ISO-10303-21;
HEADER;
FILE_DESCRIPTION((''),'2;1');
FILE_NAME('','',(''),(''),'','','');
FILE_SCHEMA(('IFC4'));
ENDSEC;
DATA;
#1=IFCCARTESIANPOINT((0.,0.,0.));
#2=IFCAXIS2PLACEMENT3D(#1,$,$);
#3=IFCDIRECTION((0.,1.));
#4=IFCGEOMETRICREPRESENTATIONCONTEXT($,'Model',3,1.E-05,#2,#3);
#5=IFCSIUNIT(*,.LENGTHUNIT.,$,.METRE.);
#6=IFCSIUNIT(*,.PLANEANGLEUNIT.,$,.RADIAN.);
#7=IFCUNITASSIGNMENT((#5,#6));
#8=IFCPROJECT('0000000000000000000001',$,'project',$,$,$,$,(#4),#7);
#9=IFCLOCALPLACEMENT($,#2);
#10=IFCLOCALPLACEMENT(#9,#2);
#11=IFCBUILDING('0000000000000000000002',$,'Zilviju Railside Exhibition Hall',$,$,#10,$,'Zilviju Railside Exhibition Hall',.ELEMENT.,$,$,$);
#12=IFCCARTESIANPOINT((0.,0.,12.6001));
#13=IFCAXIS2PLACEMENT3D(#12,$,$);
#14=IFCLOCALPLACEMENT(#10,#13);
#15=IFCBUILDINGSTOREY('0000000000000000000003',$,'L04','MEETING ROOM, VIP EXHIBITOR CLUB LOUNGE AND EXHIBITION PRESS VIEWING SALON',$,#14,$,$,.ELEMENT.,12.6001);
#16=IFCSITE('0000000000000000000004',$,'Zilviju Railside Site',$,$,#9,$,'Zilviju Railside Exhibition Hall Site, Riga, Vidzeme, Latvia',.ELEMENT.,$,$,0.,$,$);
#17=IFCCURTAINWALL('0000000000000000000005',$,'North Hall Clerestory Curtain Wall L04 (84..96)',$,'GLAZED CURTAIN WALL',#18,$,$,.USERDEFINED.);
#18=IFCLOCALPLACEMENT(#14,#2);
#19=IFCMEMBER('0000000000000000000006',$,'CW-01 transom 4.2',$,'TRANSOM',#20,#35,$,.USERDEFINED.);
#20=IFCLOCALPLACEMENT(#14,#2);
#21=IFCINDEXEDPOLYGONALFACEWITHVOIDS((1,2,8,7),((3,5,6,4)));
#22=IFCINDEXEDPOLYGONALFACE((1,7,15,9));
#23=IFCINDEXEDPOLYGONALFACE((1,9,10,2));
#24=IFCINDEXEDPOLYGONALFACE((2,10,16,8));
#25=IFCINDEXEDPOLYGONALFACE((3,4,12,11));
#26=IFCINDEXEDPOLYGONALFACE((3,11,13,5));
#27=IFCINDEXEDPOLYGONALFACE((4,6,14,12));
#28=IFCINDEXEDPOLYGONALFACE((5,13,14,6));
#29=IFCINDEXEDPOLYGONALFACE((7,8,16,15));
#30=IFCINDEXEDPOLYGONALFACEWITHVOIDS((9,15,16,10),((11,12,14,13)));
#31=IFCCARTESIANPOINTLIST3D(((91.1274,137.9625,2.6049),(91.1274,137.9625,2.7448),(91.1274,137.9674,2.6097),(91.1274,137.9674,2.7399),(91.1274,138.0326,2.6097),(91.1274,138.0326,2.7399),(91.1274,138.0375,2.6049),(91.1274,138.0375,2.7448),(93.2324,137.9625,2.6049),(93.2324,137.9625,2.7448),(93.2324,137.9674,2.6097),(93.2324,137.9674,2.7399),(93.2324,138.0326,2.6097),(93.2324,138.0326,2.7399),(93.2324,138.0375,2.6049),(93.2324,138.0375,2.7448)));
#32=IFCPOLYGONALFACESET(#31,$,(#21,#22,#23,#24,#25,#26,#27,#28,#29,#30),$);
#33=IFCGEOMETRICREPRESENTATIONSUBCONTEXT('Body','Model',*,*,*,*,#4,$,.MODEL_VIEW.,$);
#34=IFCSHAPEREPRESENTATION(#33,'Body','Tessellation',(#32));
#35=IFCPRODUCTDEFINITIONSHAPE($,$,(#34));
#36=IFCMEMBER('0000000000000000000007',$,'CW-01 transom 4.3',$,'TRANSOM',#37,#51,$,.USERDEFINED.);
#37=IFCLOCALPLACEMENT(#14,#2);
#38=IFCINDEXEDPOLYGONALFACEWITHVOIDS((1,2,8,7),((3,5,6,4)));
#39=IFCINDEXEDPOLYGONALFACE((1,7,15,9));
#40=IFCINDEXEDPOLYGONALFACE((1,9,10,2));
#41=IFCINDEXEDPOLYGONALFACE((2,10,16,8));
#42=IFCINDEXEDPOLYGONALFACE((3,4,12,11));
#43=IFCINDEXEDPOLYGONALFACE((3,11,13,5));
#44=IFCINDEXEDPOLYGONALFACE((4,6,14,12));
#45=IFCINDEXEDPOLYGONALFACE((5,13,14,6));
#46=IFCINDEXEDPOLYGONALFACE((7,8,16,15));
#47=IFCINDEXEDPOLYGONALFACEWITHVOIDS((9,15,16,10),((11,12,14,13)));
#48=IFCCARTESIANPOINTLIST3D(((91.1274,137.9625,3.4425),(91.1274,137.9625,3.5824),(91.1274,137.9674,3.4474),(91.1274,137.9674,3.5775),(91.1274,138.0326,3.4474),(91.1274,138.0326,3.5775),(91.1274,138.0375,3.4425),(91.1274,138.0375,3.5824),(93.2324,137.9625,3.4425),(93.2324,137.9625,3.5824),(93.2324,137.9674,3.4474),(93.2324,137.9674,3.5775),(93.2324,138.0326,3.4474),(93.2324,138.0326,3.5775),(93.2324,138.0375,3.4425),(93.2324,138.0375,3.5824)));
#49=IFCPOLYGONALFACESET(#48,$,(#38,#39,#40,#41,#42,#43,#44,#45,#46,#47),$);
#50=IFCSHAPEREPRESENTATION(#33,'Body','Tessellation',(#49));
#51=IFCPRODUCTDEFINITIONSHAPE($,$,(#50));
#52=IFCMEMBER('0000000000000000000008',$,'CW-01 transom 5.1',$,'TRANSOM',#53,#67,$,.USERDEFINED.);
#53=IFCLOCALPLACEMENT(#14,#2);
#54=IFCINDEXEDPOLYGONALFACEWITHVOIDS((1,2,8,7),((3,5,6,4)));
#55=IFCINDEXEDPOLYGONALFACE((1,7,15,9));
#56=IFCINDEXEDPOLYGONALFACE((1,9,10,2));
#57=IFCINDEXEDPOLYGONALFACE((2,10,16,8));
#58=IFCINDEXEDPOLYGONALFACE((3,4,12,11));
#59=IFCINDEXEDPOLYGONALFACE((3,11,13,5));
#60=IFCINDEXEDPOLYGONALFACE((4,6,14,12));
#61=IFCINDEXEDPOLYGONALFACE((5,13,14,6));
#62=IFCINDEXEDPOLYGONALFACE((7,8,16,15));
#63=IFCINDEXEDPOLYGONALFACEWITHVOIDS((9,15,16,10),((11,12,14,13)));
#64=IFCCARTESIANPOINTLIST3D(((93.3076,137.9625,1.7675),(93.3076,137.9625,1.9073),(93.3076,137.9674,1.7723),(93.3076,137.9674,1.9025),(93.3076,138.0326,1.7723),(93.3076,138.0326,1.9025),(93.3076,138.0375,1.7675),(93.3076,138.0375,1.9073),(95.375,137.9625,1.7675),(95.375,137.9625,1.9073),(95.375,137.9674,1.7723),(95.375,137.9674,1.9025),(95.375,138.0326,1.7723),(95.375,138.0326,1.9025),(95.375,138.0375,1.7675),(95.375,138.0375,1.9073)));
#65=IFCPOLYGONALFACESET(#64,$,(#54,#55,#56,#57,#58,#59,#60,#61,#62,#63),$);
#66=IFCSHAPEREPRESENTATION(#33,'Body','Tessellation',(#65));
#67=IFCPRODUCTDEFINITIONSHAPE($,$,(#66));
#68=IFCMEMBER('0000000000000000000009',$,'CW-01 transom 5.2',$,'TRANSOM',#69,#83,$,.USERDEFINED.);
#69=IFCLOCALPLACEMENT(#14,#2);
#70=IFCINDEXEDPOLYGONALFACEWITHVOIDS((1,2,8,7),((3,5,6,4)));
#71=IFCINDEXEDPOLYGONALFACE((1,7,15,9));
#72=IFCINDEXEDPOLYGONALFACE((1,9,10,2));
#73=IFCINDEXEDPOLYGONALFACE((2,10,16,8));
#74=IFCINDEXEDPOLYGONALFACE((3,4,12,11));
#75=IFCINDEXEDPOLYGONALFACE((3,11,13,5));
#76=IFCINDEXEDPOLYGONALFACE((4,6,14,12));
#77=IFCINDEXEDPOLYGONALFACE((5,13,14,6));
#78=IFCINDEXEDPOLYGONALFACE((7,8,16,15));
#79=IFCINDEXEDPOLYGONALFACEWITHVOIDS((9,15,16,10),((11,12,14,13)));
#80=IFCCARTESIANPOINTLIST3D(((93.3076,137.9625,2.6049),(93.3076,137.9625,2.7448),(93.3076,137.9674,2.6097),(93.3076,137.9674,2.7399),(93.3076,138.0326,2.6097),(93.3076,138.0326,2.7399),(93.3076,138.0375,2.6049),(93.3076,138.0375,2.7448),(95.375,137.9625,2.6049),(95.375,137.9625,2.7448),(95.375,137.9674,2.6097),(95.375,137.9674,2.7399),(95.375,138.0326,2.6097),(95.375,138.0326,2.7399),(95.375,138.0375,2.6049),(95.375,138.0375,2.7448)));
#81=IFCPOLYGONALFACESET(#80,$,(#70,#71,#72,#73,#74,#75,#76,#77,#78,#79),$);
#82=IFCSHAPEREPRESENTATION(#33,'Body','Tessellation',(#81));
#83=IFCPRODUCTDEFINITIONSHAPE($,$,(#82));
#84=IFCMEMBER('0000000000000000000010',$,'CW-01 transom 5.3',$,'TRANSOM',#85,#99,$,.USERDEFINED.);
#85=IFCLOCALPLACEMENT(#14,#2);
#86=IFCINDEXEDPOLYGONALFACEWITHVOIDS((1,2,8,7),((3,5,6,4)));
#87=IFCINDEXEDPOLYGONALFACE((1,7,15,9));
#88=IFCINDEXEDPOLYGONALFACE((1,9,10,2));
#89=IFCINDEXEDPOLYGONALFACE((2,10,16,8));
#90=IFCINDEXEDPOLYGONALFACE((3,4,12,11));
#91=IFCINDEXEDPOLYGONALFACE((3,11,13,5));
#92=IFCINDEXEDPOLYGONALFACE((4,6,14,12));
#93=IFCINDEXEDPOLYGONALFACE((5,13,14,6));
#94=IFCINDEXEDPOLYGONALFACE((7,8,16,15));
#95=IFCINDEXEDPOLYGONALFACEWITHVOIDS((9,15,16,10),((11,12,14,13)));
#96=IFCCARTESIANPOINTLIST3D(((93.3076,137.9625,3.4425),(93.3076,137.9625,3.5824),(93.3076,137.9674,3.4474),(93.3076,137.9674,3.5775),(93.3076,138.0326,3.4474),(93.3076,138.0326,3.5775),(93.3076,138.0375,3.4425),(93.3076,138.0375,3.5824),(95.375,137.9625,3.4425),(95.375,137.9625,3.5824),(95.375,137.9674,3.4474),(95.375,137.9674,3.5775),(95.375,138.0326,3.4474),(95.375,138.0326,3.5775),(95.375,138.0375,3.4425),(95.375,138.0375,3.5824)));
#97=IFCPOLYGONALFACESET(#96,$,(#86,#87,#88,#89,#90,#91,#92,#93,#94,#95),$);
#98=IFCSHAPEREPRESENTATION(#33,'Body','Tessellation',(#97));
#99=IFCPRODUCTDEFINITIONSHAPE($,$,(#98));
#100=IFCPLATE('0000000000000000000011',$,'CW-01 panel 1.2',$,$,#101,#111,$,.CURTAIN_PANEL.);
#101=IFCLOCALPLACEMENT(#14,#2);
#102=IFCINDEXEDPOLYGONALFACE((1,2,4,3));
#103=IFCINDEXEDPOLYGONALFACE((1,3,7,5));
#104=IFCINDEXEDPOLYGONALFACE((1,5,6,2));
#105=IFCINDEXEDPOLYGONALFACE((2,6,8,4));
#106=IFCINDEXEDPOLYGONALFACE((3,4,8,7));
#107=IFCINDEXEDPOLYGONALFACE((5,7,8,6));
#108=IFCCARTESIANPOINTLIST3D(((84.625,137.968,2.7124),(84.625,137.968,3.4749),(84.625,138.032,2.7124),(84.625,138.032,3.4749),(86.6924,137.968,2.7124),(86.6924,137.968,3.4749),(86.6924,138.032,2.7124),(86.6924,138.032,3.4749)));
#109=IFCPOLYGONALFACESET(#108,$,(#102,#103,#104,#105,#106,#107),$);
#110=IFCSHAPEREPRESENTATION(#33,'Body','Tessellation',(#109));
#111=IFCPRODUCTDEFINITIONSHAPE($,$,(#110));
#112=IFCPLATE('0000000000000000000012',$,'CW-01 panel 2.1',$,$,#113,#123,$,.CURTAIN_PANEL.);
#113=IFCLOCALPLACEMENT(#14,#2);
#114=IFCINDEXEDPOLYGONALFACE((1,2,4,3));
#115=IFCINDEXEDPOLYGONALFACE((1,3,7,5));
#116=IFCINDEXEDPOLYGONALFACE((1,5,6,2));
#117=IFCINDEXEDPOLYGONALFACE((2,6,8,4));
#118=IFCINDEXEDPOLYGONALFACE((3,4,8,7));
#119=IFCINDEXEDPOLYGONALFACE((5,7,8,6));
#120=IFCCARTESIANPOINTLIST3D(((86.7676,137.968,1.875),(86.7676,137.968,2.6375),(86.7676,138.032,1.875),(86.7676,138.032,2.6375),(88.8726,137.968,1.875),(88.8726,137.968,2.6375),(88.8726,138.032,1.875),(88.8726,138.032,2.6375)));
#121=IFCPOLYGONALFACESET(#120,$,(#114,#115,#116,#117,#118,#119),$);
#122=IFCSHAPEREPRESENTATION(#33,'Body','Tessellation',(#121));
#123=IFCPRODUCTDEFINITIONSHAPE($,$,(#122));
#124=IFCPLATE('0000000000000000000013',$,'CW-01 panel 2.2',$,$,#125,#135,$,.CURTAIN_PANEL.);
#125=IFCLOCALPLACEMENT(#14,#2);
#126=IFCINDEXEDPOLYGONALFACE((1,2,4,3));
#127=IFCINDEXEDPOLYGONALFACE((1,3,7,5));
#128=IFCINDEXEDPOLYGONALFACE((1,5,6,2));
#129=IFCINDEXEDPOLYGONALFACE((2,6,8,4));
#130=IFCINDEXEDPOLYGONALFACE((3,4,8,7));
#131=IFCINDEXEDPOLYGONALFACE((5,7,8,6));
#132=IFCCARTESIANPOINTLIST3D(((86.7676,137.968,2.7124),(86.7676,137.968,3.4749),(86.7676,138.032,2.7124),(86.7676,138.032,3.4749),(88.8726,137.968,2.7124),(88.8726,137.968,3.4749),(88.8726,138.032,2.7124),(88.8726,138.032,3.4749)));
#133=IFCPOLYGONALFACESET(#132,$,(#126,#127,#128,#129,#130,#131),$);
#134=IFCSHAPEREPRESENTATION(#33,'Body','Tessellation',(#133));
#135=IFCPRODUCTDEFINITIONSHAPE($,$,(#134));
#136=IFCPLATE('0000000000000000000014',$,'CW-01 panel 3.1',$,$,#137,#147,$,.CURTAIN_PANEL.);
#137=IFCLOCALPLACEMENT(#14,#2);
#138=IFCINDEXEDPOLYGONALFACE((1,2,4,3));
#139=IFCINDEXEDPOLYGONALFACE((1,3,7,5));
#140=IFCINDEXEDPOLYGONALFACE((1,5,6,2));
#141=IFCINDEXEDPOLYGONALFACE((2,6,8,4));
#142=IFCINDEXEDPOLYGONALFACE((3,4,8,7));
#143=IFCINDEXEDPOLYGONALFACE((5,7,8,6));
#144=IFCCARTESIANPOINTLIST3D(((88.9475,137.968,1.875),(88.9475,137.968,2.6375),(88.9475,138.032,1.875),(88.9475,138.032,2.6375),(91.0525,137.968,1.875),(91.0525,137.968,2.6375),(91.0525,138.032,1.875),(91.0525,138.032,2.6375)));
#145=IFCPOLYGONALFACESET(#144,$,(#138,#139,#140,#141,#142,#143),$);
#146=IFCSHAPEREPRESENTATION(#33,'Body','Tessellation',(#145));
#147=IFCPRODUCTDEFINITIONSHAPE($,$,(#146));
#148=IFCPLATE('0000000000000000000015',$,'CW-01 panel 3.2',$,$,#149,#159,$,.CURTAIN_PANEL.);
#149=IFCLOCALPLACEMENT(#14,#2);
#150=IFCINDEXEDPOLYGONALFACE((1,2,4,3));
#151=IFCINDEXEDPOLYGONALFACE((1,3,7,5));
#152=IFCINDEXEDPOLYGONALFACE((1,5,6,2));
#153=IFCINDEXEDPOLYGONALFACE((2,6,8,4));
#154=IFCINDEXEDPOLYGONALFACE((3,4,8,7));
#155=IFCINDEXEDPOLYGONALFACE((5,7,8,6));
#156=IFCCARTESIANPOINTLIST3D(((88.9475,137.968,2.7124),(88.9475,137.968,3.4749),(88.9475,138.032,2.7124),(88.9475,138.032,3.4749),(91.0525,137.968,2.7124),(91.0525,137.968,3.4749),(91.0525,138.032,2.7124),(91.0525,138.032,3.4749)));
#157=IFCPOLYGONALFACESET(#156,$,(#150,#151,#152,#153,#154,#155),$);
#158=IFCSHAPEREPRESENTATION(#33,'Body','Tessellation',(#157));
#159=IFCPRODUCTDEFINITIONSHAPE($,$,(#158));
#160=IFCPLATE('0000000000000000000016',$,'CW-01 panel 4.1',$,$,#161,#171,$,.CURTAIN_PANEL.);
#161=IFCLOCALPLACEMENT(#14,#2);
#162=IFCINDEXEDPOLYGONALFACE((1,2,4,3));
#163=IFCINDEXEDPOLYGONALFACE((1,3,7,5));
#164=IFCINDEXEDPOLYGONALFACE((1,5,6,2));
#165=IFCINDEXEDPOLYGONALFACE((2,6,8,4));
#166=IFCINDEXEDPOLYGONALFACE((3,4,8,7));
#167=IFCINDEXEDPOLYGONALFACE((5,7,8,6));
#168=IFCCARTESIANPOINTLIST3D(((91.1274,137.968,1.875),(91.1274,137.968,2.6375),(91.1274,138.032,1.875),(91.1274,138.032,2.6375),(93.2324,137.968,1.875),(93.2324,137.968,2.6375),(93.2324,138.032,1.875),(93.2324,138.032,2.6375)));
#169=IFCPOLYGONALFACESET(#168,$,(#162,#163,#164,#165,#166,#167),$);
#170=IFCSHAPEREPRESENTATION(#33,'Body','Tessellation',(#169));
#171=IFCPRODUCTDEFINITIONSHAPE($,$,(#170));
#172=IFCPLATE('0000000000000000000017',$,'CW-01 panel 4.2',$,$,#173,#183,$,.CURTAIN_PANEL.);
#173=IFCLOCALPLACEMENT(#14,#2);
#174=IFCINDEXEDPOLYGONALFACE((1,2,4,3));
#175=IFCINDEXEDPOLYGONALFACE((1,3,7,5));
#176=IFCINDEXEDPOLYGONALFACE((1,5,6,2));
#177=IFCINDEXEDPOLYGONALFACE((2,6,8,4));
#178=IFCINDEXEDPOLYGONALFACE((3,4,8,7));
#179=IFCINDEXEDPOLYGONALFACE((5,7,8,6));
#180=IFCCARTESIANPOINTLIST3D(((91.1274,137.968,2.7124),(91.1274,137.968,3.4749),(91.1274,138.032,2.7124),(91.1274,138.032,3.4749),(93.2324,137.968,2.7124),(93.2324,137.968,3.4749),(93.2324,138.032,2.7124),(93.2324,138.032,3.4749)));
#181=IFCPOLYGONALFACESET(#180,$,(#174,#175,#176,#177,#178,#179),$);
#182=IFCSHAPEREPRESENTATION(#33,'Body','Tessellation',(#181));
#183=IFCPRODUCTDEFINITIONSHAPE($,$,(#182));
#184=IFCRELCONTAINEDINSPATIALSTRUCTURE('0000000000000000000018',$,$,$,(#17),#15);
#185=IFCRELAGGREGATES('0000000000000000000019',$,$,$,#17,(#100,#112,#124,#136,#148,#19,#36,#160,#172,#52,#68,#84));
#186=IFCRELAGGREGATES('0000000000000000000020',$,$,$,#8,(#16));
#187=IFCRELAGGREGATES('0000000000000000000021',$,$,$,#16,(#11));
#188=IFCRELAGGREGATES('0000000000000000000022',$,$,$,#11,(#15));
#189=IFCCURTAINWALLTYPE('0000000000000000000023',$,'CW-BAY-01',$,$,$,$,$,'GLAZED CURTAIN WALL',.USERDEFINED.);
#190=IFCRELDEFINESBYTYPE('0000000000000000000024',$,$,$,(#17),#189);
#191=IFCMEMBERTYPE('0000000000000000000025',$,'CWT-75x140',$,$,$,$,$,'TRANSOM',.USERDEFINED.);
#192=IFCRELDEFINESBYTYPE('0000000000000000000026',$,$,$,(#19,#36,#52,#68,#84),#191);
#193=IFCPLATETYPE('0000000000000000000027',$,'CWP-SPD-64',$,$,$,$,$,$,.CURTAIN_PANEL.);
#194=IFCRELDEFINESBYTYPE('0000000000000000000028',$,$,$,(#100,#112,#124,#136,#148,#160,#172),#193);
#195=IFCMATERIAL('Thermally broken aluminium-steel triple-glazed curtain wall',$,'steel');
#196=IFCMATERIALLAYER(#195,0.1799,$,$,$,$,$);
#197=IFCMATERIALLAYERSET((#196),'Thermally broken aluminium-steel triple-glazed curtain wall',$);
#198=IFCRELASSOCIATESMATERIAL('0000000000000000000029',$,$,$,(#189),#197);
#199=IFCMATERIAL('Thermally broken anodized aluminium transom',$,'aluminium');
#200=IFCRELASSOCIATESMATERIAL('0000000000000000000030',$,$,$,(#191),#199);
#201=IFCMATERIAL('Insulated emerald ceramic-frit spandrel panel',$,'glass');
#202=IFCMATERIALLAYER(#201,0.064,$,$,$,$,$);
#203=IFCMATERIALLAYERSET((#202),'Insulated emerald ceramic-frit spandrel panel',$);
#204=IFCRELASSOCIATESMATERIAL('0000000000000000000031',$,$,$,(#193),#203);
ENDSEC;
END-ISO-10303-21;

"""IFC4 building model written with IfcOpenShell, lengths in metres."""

from ifc_helpers import new_model, si_unit, direction, frame, origin, origin_2d, place, context, subcontext, project, spatial, rectangle, hollow_rectangle, extrude, material, layer, layer_set, material_profile, profile_set, type_object, element, aggregate, save


model = new_model("IFC4")

# Units and contexts
model_context = context("Model", 3, precision=1e-05, world=origin(), true_north=direction((0.0, 1.0)))
body_context = subcontext(model_context, "Body", "Model", "MODEL_VIEW")
ifc_project = project(units=[si_unit("LENGTHUNIT", "METRE"), si_unit("PLANEANGLEUNIT", "RADIAN")], contexts=[model_context])

# Site, building, storey
site_placement = place(None, origin())
site = spatial("IfcSite", under=ifc_project, at=site_placement, Name="Zilviju Railside Site", LongName="Zilviju Railside Exhibition Hall Site, Riga, Vidzeme, Latvia", CompositionType="ELEMENT", RefElevation=0.0)
building_placement = place(site_placement, origin())
building = spatial("IfcBuilding", under=site, at=building_placement, Name="Zilviju Railside Exhibition Hall", LongName="Zilviju Railside Exhibition Hall", CompositionType="ELEMENT")
storey_placement = place(building_placement, frame((0.0, 0.0, 12.6001)))
storey = spatial("IfcBuildingStorey", under=building, at=storey_placement, Name="L04", Description="MEETING ROOM, VIP EXHIBITOR CLUB LOUNGE AND EXHIBITION PRESS VIEWING SALON", CompositionType="ELEMENT", Elevation=12.6001)

# Curtain wall, members, plates
ifc_material_1 = material(Name="Thermally broken aluminium-steel triple-glazed curtain wall", Category="steel")
ifc_layer_1 = layer(ifc_material_1, 0.1799)
ifc_layer_set_1 = layer_set([ifc_layer_1], Name="Thermally broken aluminium-steel triple-glazed curtain wall")
curtain_wall_type = type_object("IfcCurtainWallType", Name="CW-BAY-01", ElementType="GLAZED CURTAIN WALL", PredefinedType="USERDEFINED", material=ifc_layer_set_1)
curtain_wall_placement = place(storey_placement, origin())
curtain_wall = element("IfcCurtainWall", 1, at=curtain_wall_placement, inside=storey, type_object=curtain_wall_type, Name="North Hall Clerestory Curtain Wall L04 (84..96)", ObjectType="GLAZED CURTAIN WALL", PredefinedType="USERDEFINED")
ifc_material_2 = material(Name="Thermally broken anodized aluminium transom", Category="aluminium")
ifc_material_profile_1 = material_profile(ifc_material_2, hollow_rectangle(XDim=0.075, YDim=0.1399, WallThickness=0.0049, at=origin_2d()), Name="TRANSOM 140x75x5")
ifc_profile_set_1 = profile_set([ifc_material_profile_1], Name="Thermally broken anodized aluminium transom")
member_type_1 = type_object("IfcMemberType", Name="CWT-75x140", ElementType="TRANSOM", PredefinedType="USERDEFINED", material=ifc_profile_set_1)
member_1_placement = place(storey_placement, frame((91.1274, 138.0, 2.6748), z_axis=(1.0, 0.0, 0.0), x_axis=(0.0, 1.0, 0.0)))
member_1 = element("IfcMember", 2, at=member_1_placement, type_object=member_type_1, Name="CW-01 transom 4.2", ObjectType="TRANSOM", PredefinedType="USERDEFINED", context=body_context, shape_type="SweptSolid", body=[
    extrude(hollow_rectangle(XDim=0.075, YDim=0.1399, WallThickness=0.0049, at=origin_2d()), origin(), (0.0, 0.0, 1.0), 2.105),
])
member_2_placement = place(storey_placement, frame((91.1274, 138.0, 3.5125), z_axis=(1.0, 0.0, 0.0), x_axis=(0.0, 1.0, 0.0)))
member_2 = element("IfcMember", 3, at=member_2_placement, type_object=member_type_1, Name="CW-01 transom 4.3", ObjectType="TRANSOM", PredefinedType="USERDEFINED", context=body_context, shape_type="SweptSolid", body=[
    extrude(hollow_rectangle(XDim=0.075, YDim=0.1399, WallThickness=0.0049, at=origin_2d()), origin(), (0.0, 0.0, 1.0), 2.105),
])
member_3_placement = place(storey_placement, frame((93.3076, 138.0, 1.8374), z_axis=(1.0, 0.0, 0.0), x_axis=(0.0, 1.0, 0.0)))
member_3 = element("IfcMember", 4, at=member_3_placement, type_object=member_type_1, Name="CW-01 transom 5.1", ObjectType="TRANSOM", PredefinedType="USERDEFINED", context=body_context, shape_type="SweptSolid", body=[
    extrude(hollow_rectangle(XDim=0.075, YDim=0.1399, WallThickness=0.0049, at=origin_2d()), origin(), (0.0, 0.0, 1.0), 2.0674),
])
member_4_placement = place(storey_placement, frame((93.3076, 138.0, 2.6748), z_axis=(1.0, 0.0, 0.0), x_axis=(0.0, 1.0, 0.0)))
member_4 = element("IfcMember", 5, at=member_4_placement, type_object=member_type_1, Name="CW-01 transom 5.2", ObjectType="TRANSOM", PredefinedType="USERDEFINED", context=body_context, shape_type="SweptSolid", body=[
    extrude(hollow_rectangle(XDim=0.075, YDim=0.1399, WallThickness=0.0049, at=origin_2d()), origin(), (0.0, 0.0, 1.0), 2.0674),
])
member_5_placement = place(storey_placement, frame((93.3076, 138.0, 3.5125), z_axis=(1.0, 0.0, 0.0), x_axis=(0.0, 1.0, 0.0)))
member_5 = element("IfcMember", 6, at=member_5_placement, type_object=member_type_1, Name="CW-01 transom 5.3", ObjectType="TRANSOM", PredefinedType="USERDEFINED", context=body_context, shape_type="SweptSolid", body=[
    extrude(hollow_rectangle(XDim=0.075, YDim=0.1399, WallThickness=0.0049, at=origin_2d()), origin(), (0.0, 0.0, 1.0), 2.0674),
])
ifc_material_3 = material(Name="Insulated emerald ceramic-frit spandrel panel", Category="glass")
ifc_layer_2 = layer(ifc_material_3, 0.064)
ifc_layer_set_2 = layer_set([ifc_layer_2], Name="Insulated emerald ceramic-frit spandrel panel")
plate_type = type_object("IfcPlateType", Name="CWP-SPD-64", PredefinedType="CURTAIN_PANEL", material=ifc_layer_set_2)
plate_1_placement = place(storey_placement, frame((85.6587, 138.0, 2.7124), z_axis=(0.0, 0.0, 1.0), x_axis=(1.0, 0.0, 0.0)))
plate_1 = element("IfcPlate", 7, at=plate_1_placement, type_object=plate_type, Name="CW-01 panel 1.2", PredefinedType="CURTAIN_PANEL", context=body_context, shape_type="SweptSolid", body=[
    extrude(rectangle(XDim=2.0674, YDim=0.064, at=origin_2d()), origin(), (0.0, 0.0, 1.0), 0.7625),
])
plate_2_placement = place(storey_placement, frame((87.8201, 138.0, 1.875), z_axis=(0.0, 0.0, 1.0), x_axis=(1.0, 0.0, 0.0)))
plate_2 = element("IfcPlate", 8, at=plate_2_placement, type_object=plate_type, Name="CW-01 panel 2.1", PredefinedType="CURTAIN_PANEL", context=body_context, shape_type="SweptSolid", body=[
    extrude(rectangle(XDim=2.105, YDim=0.064, at=origin_2d()), origin(), (0.0, 0.0, 1.0), 0.7625),
])
plate_3_placement = place(storey_placement, frame((87.8201, 138.0, 2.7124), z_axis=(0.0, 0.0, 1.0), x_axis=(1.0, 0.0, 0.0)))
plate_3 = element("IfcPlate", 9, at=plate_3_placement, type_object=plate_type, Name="CW-01 panel 2.2", PredefinedType="CURTAIN_PANEL", context=body_context, shape_type="SweptSolid", body=[
    extrude(rectangle(XDim=2.105, YDim=0.064, at=origin_2d()), origin(), (0.0, 0.0, 1.0), 0.7625),
])
plate_4_placement = place(storey_placement, frame((90.0, 138.0, 1.875), z_axis=(0.0, 0.0, 1.0), x_axis=(1.0, 0.0, 0.0)))
plate_4 = element("IfcPlate", 10, at=plate_4_placement, type_object=plate_type, Name="CW-01 panel 3.1", PredefinedType="CURTAIN_PANEL", context=body_context, shape_type="SweptSolid", body=[
    extrude(rectangle(XDim=2.105, YDim=0.064, at=origin_2d()), origin(), (0.0, 0.0, 1.0), 0.7625),
])
plate_5_placement = place(storey_placement, frame((90.0, 138.0, 2.7124), z_axis=(0.0, 0.0, 1.0), x_axis=(1.0, 0.0, 0.0)))
plate_5 = element("IfcPlate", 11, at=plate_5_placement, type_object=plate_type, Name="CW-01 panel 3.2", PredefinedType="CURTAIN_PANEL", context=body_context, shape_type="SweptSolid", body=[
    extrude(rectangle(XDim=2.105, YDim=0.064, at=origin_2d()), origin(), (0.0, 0.0, 1.0), 0.7625),
])
plate_6_placement = place(storey_placement, frame((92.1799, 138.0, 1.875), z_axis=(0.0, 0.0, 1.0), x_axis=(1.0, 0.0, 0.0)))
plate_6 = element("IfcPlate", 12, at=plate_6_placement, type_object=plate_type, Name="CW-01 panel 4.1", PredefinedType="CURTAIN_PANEL", context=body_context, shape_type="SweptSolid", body=[
    extrude(rectangle(XDim=2.105, YDim=0.064, at=origin_2d()), origin(), (0.0, 0.0, 1.0), 0.7625),
])
plate_7_placement = place(storey_placement, frame((92.1799, 138.0, 2.7124), z_axis=(0.0, 0.0, 1.0), x_axis=(1.0, 0.0, 0.0)))
plate_7 = element("IfcPlate", 13, at=plate_7_placement, type_object=plate_type, Name="CW-01 panel 4.2", PredefinedType="CURTAIN_PANEL", context=body_context, shape_type="SweptSolid", body=[
    extrude(rectangle(XDim=2.105, YDim=0.064, at=origin_2d()), origin(), (0.0, 0.0, 1.0), 0.7625),
])
aggregate(curtain_wall, [plate_1, plate_2, plate_3, plate_4, plate_5, member_1, member_2, plate_6, plate_7, member_3, member_4, member_5])

save(model, "model.ifc")
